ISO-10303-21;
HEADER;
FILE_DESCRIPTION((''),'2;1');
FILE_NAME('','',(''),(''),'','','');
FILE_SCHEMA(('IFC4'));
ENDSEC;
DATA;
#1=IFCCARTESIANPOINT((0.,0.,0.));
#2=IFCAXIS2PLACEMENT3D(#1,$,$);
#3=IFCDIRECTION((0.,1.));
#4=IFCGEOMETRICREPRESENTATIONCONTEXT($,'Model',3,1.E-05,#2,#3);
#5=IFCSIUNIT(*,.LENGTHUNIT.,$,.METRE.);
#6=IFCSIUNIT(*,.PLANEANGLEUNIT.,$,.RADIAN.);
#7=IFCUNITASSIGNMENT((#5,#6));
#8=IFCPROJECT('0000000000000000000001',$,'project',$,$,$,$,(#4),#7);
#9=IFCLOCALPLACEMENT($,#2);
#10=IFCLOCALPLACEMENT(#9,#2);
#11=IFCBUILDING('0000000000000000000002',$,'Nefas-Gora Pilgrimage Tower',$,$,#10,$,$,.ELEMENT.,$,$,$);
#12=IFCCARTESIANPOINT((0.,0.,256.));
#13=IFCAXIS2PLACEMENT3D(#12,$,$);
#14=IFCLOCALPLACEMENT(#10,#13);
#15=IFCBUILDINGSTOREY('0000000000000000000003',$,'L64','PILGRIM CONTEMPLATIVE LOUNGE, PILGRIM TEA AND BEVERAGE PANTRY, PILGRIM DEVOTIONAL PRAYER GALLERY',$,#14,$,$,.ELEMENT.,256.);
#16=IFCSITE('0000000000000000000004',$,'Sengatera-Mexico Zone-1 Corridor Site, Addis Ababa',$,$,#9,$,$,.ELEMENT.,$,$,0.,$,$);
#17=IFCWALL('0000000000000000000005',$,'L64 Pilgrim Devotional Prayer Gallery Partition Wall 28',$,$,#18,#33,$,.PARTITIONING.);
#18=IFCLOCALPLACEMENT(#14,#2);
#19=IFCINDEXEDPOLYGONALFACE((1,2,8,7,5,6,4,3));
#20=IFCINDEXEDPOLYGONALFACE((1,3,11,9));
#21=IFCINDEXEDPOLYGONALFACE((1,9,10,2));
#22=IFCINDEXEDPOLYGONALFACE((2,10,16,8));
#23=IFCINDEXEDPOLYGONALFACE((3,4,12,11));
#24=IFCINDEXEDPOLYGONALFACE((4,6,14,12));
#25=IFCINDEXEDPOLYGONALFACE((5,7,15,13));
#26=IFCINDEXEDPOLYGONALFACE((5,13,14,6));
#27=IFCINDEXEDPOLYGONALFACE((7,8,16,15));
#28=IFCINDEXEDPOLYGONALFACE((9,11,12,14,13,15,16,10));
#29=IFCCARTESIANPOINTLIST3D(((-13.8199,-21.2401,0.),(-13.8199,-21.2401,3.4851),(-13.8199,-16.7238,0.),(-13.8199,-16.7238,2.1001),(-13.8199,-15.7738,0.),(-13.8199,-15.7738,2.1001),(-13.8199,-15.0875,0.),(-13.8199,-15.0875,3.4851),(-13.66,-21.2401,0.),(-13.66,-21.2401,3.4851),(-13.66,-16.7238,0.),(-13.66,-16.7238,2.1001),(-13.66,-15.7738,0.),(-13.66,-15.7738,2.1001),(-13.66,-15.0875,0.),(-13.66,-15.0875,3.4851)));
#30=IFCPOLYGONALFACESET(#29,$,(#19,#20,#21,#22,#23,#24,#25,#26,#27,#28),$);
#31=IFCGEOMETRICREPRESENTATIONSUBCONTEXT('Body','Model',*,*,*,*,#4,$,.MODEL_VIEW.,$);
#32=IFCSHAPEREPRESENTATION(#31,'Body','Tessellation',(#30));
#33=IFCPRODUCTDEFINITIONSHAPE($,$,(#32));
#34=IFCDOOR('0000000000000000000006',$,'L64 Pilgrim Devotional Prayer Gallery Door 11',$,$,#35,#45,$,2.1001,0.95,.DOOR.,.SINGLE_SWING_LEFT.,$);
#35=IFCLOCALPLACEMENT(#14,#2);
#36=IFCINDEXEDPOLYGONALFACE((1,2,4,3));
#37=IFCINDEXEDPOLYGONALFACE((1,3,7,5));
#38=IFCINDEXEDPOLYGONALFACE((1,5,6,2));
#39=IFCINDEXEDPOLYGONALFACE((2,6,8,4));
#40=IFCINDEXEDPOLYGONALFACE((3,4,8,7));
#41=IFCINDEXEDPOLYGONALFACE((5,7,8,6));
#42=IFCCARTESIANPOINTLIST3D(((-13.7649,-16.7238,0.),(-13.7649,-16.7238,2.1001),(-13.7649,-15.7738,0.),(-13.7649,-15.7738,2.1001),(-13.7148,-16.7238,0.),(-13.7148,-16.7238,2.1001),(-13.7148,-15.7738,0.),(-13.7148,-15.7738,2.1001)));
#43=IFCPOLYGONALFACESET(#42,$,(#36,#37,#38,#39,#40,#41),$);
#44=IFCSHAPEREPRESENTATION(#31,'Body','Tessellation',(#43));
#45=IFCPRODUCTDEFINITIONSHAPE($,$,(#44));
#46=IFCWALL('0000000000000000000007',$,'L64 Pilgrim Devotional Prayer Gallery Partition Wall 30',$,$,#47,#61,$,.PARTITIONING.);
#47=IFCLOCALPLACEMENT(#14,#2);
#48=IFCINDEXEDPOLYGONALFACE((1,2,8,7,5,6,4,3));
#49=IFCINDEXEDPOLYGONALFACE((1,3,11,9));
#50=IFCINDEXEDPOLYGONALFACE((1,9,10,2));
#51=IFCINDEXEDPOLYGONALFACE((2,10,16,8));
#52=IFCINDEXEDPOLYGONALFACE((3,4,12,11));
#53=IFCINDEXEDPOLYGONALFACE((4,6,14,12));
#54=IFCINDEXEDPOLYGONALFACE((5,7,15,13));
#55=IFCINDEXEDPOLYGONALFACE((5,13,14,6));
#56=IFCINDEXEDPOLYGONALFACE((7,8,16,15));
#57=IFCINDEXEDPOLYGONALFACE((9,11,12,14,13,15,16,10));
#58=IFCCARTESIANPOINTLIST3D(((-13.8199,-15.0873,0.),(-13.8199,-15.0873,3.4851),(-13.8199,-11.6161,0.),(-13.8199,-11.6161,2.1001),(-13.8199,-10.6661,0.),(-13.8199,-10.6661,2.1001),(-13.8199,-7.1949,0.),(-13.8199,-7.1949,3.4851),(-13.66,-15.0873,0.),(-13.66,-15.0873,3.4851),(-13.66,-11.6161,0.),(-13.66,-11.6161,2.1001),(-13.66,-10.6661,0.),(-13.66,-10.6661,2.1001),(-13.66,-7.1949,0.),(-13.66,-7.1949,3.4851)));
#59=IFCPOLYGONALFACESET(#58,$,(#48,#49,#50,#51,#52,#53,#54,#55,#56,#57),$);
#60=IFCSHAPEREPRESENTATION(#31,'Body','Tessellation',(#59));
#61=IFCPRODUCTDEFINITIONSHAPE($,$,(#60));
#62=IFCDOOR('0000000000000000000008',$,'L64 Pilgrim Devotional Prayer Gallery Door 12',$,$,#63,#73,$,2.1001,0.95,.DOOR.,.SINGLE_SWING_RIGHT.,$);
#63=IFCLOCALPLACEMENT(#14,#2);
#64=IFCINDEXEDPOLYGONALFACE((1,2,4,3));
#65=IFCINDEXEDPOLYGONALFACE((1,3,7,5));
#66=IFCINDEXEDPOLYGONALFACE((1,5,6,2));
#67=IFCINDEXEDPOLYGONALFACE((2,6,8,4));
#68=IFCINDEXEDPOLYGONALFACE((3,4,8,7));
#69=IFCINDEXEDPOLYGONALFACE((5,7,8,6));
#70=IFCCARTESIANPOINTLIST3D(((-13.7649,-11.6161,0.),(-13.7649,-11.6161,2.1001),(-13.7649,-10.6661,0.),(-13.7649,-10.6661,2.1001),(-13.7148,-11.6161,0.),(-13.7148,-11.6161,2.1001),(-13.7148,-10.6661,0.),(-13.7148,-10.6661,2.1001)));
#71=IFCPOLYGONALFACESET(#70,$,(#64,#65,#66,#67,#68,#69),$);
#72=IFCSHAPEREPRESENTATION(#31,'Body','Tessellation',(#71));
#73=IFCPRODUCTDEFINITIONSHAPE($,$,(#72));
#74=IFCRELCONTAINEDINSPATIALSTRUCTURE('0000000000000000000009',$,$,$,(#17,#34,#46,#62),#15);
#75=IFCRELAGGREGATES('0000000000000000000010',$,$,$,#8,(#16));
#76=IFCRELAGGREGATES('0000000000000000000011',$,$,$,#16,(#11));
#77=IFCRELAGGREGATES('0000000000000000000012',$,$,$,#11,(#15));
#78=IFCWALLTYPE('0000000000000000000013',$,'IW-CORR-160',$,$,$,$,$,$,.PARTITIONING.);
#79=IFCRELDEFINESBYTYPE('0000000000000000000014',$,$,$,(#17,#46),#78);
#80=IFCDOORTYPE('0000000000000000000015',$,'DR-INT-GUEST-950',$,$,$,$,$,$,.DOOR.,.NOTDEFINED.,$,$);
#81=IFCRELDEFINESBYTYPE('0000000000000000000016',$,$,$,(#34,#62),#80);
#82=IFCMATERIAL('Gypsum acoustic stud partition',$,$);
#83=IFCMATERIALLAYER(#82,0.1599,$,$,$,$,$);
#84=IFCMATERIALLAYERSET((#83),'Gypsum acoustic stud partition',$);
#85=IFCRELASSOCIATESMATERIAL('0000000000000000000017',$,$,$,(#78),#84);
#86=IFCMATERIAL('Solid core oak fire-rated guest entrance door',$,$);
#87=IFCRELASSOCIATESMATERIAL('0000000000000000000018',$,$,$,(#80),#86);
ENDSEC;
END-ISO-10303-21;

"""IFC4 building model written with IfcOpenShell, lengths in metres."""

from ifc_helpers import new_model, si_unit, direction, frame, frame_2d, origin, place, context, subcontext, project, spatial, rectangle, extrude, source, transform, mapped, material, layer, layer_set, type_object, element, fill, save


model = new_model("IFC4")

# Units and contexts
model_context = context("Model", 3, precision=1e-05, world=origin(), true_north=direction((0.0, 1.0)))
body_context = subcontext(model_context, "Body", "Model", "MODEL_VIEW")
ifc_project = project(units=[si_unit("LENGTHUNIT", "METRE"), si_unit("PLANEANGLEUNIT", "RADIAN")], contexts=[model_context])

# Site, building, storey
site_placement = place(None, origin())
site = spatial("IfcSite", under=ifc_project, at=site_placement, Name="Sengatera-Mexico Zone-1 Corridor Site, Addis Ababa", CompositionType="ELEMENT", RefElevation=0.0)
building_placement = place(site_placement, origin())
building = spatial("IfcBuilding", under=site, at=building_placement, Name="Nefas-Gora Pilgrimage Tower", CompositionType="ELEMENT")
storey_placement = place(building_placement, frame((0.0, 0.0, 256.0)))
storey = spatial("IfcBuildingStorey", under=building, at=storey_placement, Name="L64", Description="PILGRIM CONTEMPLATIVE LOUNGE, PILGRIM TEA AND BEVERAGE PANTRY, PILGRIM DEVOTIONAL PRAYER GALLERY", CompositionType="ELEMENT", Elevation=256.0)

# Shared definitions
ifc_material_1 = material(Name="Gypsum acoustic stud partition")
ifc_layer_1 = layer(ifc_material_1, 0.1599)
ifc_layer_set_1 = layer_set([ifc_layer_1], Name="Gypsum acoustic stud partition")
wall_type_1 = type_object("IfcWallType", Name="IW-CORR-160", PredefinedType="PARTITIONING", material=ifc_layer_set_1)
ifc_material_2 = material(Name="Solid core oak fire-rated guest entrance door")
door_type = type_object("IfcDoorType", Name="DR-INT-GUEST-950", OperationType="NOTDEFINED", PredefinedType="DOOR", material=ifc_material_2)
shared_shape_1 = source(origin(), body_context, "Body", "SweptSolid", [
    extrude(rectangle(XDim=0.95, YDim=2.1001, at=frame_2d((0.4751, 1.05))), frame((0.0, 0.0249, 0.0), z_axis=(0.0, -1.0, 0.0), x_axis=(1.0, 0.0, 0.0)), (0.0, 0.0, 1.0), 0.05),
])

# Walls, openings, doors
shared_shape_2 = source(origin(), body_context, "Body", "SweptSolid", [
    extrude(rectangle(XDim=6.1526, YDim=0.1599, at=frame_2d((3.0762, 0.0))), origin(), (0.0, 0.0, 1.0), 3.4851),
])
wall_1_placement = place(storey_placement, frame((-13.74, -21.24, 0.0), z_axis=(0.0, 0.0, 1.0), x_axis=(0.0, 1.0, 0.0)))
wall_1 = element("IfcWall", 1, at=wall_1_placement, inside=storey, type_object=wall_type_1, Name="L64 Pilgrim Devotional Prayer Gallery Partition Wall 28", PredefinedType="PARTITIONING", context=body_context, shape_type="MappedRepresentation", body=[
    mapped(shared_shape_2, transform((0.0, 0.0, 0.0), x_axis=(1.0, 0.0, 0.0), y_axis=(0.0, 1.0, 0.0), z_axis=(0.0, 0.0, 1.0), scale=1.0)),
])
opening_1_placement = place(wall_1_placement, frame((4.5161, 0.0, 0.0)))
opening_1 = element("IfcOpeningElement", 2, at=opening_1_placement, cuts=wall_1, PredefinedType="OPENING", context=body_context, shape_type="SweptSolid", body=[
    extrude(rectangle(XDim=0.95, YDim=2.1001, at=frame_2d((0.4751, 1.05))), frame((0.0, 0.0898, 0.0), z_axis=(0.0, -1.0, 0.0), x_axis=(1.0, 0.0, 0.0)), (0.0, 0.0, 1.0), 0.1799),
])
door_1_placement = place(opening_1_placement, origin())
door_1 = element("IfcDoor", 3, at=door_1_placement, inside=storey, type_object=door_type, Name="L64 Pilgrim Devotional Prayer Gallery Door 11", OperationType="SINGLE_SWING_LEFT", OverallHeight=2.1001, OverallWidth=0.95, PredefinedType="DOOR", context=body_context, shape_type="MappedRepresentation", body=[
    mapped(shared_shape_1, transform((0.0, 0.0, 0.0), x_axis=(1.0, 0.0, 0.0), y_axis=(0.0, 1.0, 0.0), z_axis=(0.0, 0.0, 1.0), scale=1.0)),
])
fill(opening_1, door_1)
shared_shape_3 = source(origin(), body_context, "Body", "SweptSolid", [
    extrude(rectangle(XDim=7.8923, YDim=0.1599, at=frame_2d((3.9463, 0.0))), origin(), (0.0, 0.0, 1.0), 3.4851),
])
wall_2_placement = place(storey_placement, frame((-13.74, -15.0874, 0.0), z_axis=(0.0, 0.0, 1.0), x_axis=(0.0, 1.0, 0.0)))
wall_2 = element("IfcWall", 4, at=wall_2_placement, inside=storey, type_object=wall_type_1, Name="L64 Pilgrim Devotional Prayer Gallery Partition Wall 30", PredefinedType="PARTITIONING", context=body_context, shape_type="MappedRepresentation", body=[
    mapped(shared_shape_3, transform((0.0, 0.0, 0.0), x_axis=(1.0, 0.0, 0.0), y_axis=(0.0, 1.0, 0.0), z_axis=(0.0, 0.0, 1.0), scale=1.0)),
])
opening_2_placement = place(wall_2_placement, frame((3.4712, 0.0, 0.0)))
opening_2 = element("IfcOpeningElement", 5, at=opening_2_placement, cuts=wall_2, PredefinedType="OPENING", context=body_context, shape_type="SweptSolid", body=[
    extrude(rectangle(XDim=0.95, YDim=2.1001, at=frame_2d((0.4751, 1.05))), frame((0.0, 0.0898, 0.0), z_axis=(0.0, -1.0, 0.0), x_axis=(1.0, 0.0, 0.0)), (0.0, 0.0, 1.0), 0.1799),
])
door_2_placement = place(opening_2_placement, origin())
door_2 = element("IfcDoor", 6, at=door_2_placement, inside=storey, type_object=door_type, Name="L64 Pilgrim Devotional Prayer Gallery Door 12", OperationType="SINGLE_SWING_RIGHT", OverallHeight=2.1001, OverallWidth=0.95, PredefinedType="DOOR", context=body_context, shape_type="MappedRepresentation", body=[
    mapped(shared_shape_1, transform((0.0, 0.0, 0.0), x_axis=(1.0, 0.0, 0.0), y_axis=(0.0, 1.0, 0.0), z_axis=(0.0, 0.0, 1.0), scale=1.0)),
])
fill(opening_2, door_2)

save(model, "model.ifc")
